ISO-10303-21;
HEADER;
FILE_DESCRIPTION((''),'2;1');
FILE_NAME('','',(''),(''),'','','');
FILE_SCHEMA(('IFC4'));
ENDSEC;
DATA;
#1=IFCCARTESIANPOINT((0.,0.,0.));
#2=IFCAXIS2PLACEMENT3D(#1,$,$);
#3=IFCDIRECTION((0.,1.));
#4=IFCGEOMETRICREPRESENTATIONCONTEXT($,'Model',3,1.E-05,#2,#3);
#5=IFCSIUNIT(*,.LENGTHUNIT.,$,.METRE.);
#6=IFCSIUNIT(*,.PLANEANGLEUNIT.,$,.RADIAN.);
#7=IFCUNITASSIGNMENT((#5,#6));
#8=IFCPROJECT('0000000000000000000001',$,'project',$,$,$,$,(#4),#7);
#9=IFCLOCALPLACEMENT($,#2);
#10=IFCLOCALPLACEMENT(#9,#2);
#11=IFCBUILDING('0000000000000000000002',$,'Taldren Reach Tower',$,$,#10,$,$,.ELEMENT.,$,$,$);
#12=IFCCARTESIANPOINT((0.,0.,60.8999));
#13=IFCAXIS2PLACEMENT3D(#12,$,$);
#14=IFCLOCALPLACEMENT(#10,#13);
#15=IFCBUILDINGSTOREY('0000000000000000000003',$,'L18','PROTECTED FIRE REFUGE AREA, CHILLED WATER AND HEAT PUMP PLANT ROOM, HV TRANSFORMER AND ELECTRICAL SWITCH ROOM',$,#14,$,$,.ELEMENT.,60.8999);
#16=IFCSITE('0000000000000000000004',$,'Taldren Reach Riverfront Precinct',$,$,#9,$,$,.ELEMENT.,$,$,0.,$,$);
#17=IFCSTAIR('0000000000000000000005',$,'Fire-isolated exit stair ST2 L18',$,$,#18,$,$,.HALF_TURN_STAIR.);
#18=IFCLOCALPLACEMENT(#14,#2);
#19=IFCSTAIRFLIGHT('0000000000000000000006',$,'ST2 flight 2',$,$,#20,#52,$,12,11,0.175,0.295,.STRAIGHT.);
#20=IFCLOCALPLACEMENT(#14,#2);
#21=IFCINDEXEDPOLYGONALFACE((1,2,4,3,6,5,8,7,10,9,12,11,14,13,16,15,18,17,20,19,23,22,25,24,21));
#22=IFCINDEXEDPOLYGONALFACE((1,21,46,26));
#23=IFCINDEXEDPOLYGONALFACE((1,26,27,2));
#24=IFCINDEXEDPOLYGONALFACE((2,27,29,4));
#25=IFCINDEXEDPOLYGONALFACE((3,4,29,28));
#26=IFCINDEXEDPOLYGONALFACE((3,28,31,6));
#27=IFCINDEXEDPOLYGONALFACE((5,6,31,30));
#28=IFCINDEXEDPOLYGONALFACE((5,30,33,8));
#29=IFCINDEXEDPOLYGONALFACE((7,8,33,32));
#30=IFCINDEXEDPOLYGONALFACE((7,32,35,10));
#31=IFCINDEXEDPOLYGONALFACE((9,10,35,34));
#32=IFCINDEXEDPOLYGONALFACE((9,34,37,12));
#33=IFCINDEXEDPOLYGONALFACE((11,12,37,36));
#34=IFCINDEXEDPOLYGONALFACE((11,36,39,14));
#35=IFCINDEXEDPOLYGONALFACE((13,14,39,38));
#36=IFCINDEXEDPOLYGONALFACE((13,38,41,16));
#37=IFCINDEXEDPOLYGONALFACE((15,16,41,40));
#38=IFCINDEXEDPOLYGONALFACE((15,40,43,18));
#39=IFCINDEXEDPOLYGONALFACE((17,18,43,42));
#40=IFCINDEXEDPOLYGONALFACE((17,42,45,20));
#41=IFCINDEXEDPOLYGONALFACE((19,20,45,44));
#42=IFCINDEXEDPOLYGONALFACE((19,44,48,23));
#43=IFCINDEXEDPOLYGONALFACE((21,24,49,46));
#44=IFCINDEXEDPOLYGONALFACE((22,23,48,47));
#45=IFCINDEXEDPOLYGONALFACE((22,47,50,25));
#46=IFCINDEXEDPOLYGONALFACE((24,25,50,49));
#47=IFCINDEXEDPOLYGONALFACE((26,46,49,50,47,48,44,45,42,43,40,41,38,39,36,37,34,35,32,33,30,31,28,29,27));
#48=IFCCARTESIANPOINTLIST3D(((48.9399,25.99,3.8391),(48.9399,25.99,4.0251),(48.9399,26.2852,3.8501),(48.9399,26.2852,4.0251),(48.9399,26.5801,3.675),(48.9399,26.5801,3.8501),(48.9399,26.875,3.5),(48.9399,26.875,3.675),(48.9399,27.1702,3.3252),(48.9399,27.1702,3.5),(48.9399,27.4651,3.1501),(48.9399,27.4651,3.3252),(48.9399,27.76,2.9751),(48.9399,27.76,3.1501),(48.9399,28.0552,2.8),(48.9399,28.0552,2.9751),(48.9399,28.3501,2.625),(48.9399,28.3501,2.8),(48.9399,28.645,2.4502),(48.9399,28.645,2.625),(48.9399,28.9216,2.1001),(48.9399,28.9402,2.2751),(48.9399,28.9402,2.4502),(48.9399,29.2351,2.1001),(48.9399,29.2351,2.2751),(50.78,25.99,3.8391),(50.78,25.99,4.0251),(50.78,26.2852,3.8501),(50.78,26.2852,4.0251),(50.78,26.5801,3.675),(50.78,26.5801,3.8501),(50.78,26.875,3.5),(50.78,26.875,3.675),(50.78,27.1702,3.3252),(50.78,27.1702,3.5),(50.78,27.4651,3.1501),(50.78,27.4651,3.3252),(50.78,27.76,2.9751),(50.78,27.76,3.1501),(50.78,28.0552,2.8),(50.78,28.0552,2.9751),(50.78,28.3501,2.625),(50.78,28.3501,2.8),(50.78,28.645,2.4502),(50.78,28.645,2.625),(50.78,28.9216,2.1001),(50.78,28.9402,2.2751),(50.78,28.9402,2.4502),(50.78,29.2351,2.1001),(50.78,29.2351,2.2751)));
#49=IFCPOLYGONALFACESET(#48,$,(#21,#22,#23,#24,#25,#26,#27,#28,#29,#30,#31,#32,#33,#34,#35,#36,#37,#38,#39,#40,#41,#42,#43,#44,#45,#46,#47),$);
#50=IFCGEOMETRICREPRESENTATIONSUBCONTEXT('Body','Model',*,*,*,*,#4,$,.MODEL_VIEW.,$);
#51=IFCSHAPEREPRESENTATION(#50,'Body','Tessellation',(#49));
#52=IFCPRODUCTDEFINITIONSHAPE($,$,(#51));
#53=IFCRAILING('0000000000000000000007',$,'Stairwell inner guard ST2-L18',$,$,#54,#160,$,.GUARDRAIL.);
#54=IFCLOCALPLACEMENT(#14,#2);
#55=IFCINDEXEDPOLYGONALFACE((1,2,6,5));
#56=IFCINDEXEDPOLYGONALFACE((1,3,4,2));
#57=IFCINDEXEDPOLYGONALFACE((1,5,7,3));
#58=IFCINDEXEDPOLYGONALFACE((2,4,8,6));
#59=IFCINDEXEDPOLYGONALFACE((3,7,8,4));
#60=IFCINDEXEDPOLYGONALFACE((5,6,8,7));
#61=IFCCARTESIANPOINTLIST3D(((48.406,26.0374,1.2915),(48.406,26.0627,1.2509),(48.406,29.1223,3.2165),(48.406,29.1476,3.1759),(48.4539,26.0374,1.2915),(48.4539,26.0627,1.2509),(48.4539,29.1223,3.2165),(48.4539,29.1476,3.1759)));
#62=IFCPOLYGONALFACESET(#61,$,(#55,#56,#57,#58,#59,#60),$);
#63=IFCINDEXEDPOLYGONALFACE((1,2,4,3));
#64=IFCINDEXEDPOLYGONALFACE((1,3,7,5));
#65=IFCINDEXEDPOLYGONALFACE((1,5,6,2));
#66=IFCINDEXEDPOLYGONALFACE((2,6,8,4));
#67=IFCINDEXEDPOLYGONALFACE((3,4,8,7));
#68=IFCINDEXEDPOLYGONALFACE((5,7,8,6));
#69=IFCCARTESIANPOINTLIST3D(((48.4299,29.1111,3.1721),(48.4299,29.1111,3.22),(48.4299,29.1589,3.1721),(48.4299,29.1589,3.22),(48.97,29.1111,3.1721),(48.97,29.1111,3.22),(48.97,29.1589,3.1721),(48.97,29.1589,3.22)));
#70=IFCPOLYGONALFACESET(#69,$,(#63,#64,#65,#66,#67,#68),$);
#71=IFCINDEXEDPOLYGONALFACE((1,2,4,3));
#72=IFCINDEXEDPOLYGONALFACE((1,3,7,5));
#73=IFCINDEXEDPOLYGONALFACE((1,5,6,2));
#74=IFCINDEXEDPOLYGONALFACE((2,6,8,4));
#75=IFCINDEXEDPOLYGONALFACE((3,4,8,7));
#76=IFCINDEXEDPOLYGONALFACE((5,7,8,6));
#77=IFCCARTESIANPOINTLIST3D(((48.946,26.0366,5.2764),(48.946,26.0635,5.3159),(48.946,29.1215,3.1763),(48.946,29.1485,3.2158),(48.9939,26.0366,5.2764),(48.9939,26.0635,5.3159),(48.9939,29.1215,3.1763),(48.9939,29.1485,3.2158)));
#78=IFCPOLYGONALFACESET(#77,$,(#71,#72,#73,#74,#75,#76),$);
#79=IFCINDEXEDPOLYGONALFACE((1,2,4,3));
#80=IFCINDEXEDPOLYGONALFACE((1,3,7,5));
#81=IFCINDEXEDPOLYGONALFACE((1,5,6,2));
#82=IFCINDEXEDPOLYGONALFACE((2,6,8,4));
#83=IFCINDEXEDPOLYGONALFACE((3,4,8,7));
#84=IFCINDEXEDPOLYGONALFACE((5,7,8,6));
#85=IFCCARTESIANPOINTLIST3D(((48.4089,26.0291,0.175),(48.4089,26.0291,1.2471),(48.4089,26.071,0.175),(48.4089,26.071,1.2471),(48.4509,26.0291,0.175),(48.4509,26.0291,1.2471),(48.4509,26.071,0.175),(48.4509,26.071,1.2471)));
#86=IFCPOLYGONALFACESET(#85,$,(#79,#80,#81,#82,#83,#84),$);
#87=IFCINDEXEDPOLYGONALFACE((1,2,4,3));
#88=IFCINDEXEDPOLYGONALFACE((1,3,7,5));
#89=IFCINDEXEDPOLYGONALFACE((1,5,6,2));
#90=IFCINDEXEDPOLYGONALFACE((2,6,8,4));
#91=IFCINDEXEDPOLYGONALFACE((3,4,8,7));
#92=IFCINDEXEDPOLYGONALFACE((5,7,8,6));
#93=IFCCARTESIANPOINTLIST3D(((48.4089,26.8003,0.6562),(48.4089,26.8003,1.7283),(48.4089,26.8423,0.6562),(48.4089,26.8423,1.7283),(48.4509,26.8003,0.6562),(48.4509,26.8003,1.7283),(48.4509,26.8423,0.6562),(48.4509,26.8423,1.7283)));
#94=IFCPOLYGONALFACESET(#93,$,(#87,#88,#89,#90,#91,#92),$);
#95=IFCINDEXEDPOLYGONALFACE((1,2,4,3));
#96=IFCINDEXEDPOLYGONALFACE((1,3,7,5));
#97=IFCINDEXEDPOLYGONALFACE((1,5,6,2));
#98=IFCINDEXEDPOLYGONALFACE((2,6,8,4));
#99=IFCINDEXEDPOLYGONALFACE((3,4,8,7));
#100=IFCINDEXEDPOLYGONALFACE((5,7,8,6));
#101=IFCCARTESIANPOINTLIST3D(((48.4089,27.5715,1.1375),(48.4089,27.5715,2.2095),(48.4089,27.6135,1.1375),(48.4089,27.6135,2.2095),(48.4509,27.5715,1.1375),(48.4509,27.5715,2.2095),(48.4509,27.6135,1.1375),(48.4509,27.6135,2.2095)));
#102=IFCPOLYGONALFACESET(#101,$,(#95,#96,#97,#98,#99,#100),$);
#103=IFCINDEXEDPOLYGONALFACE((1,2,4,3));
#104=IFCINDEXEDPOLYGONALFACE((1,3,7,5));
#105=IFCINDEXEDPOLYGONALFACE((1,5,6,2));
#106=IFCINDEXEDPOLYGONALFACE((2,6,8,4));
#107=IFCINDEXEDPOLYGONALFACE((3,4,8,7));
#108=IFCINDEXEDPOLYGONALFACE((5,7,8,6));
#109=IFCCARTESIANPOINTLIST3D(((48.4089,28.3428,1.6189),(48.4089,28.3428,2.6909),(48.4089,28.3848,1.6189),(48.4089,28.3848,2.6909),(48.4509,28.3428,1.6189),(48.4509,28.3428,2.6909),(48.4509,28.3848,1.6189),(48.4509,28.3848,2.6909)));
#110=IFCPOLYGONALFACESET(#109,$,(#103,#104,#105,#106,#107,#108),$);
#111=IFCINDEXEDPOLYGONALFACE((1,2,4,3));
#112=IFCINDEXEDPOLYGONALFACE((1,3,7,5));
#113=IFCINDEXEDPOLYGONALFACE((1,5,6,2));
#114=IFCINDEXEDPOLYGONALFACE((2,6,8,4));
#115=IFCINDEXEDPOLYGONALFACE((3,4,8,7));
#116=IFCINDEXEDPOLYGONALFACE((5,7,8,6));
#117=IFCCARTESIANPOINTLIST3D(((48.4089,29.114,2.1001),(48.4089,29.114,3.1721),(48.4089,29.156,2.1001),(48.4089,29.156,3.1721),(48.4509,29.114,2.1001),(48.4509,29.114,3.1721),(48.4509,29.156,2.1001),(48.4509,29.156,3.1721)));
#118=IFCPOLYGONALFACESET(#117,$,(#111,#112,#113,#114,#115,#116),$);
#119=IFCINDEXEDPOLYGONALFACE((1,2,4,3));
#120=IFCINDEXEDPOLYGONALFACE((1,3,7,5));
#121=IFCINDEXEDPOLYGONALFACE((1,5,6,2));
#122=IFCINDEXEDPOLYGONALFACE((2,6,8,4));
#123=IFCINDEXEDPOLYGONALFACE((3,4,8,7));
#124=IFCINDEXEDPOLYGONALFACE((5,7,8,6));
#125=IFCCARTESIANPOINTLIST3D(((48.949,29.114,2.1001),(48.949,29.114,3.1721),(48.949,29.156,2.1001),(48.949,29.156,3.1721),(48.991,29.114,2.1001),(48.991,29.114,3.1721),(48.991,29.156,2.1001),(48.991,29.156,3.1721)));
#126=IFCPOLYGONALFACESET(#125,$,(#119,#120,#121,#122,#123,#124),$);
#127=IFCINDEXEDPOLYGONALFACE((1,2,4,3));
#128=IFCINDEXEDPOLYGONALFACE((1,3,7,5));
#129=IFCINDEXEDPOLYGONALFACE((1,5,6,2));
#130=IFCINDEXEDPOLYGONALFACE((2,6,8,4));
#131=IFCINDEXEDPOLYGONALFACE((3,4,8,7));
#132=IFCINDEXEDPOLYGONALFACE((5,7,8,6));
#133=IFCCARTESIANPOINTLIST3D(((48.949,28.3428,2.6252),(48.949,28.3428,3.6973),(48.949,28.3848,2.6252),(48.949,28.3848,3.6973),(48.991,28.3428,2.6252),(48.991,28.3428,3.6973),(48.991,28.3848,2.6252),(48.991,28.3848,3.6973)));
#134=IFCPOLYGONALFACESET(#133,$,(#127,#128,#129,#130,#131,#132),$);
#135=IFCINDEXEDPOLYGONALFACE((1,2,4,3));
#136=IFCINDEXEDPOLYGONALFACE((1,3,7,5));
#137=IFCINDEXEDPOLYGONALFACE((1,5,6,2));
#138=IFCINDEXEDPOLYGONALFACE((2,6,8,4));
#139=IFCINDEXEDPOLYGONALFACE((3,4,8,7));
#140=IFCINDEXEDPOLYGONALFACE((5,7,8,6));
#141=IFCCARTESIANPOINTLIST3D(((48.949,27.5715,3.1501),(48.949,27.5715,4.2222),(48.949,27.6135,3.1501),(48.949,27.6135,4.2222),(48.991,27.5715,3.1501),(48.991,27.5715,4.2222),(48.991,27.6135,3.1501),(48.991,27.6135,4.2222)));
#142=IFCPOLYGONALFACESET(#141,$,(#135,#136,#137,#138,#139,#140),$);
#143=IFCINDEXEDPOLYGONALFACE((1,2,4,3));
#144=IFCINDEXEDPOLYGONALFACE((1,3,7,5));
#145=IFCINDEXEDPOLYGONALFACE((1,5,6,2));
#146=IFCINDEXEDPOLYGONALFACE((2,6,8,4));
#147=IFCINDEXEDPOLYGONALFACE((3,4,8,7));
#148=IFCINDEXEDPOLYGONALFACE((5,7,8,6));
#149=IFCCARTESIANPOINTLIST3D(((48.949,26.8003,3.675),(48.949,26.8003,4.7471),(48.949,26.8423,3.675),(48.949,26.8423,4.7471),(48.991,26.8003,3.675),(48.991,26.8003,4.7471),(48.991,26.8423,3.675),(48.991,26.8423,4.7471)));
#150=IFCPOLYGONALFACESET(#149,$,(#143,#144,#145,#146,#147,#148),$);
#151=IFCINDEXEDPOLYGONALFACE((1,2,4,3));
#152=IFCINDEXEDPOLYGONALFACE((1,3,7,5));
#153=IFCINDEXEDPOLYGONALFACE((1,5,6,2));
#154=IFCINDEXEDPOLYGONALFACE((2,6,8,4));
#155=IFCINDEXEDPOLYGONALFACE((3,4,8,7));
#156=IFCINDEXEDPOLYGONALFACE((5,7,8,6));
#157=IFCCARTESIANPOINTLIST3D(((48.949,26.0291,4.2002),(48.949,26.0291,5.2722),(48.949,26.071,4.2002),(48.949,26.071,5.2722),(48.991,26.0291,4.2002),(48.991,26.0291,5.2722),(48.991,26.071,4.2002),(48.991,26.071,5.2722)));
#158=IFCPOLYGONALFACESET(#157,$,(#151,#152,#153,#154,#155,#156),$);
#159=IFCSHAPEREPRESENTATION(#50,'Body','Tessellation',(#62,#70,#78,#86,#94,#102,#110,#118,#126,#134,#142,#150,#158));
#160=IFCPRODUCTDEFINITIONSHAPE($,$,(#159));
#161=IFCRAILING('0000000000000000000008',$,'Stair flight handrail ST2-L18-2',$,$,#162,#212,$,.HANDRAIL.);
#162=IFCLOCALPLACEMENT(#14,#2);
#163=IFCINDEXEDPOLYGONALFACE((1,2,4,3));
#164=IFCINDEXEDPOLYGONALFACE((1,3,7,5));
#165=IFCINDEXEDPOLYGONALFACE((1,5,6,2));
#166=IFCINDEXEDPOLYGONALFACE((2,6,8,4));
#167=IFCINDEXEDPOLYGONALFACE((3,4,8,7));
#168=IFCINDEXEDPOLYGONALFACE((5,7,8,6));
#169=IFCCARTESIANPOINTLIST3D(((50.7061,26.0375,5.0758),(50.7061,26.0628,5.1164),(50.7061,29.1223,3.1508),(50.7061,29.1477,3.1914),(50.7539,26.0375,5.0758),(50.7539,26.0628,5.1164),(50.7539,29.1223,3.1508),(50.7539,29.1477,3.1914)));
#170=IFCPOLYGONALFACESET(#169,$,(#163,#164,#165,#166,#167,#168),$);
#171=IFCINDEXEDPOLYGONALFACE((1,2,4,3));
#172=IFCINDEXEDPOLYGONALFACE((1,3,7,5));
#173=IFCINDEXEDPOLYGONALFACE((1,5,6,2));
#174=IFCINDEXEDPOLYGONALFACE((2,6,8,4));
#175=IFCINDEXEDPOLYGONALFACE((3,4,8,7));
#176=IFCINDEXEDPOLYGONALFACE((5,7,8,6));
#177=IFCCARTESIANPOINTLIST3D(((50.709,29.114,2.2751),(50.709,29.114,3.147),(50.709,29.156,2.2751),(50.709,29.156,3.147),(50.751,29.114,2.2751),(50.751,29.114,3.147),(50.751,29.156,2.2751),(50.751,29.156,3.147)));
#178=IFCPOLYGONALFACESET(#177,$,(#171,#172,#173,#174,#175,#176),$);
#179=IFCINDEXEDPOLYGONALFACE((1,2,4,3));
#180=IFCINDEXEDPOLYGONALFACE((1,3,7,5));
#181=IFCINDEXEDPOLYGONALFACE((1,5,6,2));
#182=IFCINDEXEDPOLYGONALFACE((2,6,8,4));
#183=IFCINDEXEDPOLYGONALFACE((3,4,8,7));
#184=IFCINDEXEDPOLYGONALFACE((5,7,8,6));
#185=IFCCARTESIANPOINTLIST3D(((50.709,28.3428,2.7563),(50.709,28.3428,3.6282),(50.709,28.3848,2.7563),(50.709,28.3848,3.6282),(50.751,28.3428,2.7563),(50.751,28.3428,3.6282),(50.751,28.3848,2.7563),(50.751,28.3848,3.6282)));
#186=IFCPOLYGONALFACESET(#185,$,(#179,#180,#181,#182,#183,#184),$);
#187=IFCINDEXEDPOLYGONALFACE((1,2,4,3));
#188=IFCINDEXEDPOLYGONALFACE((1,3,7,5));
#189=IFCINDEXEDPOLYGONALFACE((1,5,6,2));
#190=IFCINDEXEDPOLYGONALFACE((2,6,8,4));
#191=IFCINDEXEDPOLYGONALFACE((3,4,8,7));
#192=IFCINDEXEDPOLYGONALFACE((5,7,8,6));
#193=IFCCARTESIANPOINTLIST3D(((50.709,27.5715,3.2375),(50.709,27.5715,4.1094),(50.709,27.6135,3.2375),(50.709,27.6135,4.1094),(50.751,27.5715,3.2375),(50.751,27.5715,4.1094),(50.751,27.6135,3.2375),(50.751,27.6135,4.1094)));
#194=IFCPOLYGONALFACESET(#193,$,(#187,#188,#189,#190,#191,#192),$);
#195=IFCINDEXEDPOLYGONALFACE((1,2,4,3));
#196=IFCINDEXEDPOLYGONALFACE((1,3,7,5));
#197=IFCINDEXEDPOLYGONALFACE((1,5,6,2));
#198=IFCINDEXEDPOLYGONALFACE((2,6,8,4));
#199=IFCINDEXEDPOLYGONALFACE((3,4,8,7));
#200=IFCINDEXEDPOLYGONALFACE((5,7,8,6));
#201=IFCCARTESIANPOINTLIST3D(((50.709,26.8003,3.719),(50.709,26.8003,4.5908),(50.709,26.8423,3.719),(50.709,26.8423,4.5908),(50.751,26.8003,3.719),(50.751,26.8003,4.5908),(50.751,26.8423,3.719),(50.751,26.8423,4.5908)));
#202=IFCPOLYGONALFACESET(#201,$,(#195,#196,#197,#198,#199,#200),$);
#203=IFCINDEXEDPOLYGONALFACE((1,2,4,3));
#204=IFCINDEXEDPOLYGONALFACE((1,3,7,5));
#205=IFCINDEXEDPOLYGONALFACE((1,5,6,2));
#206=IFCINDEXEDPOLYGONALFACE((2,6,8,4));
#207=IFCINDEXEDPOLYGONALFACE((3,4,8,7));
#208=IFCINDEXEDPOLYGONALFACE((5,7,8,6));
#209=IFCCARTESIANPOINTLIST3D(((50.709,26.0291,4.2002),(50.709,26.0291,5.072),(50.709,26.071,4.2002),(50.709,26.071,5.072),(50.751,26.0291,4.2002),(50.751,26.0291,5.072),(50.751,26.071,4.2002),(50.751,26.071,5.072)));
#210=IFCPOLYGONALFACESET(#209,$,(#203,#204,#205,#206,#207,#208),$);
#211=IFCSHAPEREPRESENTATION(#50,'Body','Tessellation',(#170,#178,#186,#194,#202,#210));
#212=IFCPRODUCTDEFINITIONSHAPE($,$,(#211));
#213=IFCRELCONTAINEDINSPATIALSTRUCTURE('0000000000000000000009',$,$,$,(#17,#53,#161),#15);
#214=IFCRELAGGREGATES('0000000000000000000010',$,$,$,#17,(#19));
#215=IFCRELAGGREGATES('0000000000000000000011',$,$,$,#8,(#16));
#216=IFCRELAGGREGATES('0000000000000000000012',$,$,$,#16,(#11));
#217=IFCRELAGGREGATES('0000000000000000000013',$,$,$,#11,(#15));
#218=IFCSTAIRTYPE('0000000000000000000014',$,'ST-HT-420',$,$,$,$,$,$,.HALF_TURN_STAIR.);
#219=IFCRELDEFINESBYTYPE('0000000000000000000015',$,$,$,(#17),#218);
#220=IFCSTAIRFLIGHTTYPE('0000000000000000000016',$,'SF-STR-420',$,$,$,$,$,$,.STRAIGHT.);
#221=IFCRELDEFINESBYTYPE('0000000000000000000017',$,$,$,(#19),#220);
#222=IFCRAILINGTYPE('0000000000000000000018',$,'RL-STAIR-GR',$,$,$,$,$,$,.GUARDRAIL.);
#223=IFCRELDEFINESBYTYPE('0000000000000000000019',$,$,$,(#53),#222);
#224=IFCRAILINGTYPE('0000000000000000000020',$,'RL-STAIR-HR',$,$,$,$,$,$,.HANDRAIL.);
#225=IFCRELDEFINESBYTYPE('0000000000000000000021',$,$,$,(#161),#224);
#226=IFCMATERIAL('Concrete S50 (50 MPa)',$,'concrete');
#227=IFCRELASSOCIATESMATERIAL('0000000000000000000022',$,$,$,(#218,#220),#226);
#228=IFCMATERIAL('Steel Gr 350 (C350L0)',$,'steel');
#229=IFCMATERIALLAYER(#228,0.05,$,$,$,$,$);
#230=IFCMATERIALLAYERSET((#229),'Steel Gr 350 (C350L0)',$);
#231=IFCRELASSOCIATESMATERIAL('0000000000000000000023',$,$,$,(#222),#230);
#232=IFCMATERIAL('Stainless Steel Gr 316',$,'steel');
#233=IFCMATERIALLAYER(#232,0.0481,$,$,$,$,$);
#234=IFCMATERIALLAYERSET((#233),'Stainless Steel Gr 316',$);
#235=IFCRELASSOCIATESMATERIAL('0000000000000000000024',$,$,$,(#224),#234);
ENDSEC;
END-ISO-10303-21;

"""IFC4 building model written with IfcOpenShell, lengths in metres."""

from ifc_helpers import new_model, si_unit, direction, frame, origin, origin_2d, place, context, subcontext, project, spatial, polyline, rectangle, outline, extrude, material, layer, layer_set, type_object, element, aggregate, save


model = new_model("IFC4")

# Units and contexts
model_context = context("Model", 3, precision=1e-05, world=origin(), true_north=direction((0.0, 1.0)))
body_context = subcontext(model_context, "Body", "Model", "MODEL_VIEW")
ifc_project = project(units=[si_unit("LENGTHUNIT", "METRE"), si_unit("PLANEANGLEUNIT", "RADIAN")], contexts=[model_context])

# Site, building, storey
site_placement = place(None, origin())
site = spatial("IfcSite", under=ifc_project, at=site_placement, Name="Taldren Reach Riverfront Precinct", CompositionType="ELEMENT", RefElevation=0.0)
building_placement = place(site_placement, origin())
building = spatial("IfcBuilding", under=site, at=building_placement, Name="Taldren Reach Tower", CompositionType="ELEMENT")
storey_placement = place(building_placement, frame((0.0, 0.0, 60.8999)))
storey = spatial("IfcBuildingStorey", under=building, at=storey_placement, Name="L18", Description="PROTECTED FIRE REFUGE AREA, CHILLED WATER AND HEAT PUMP PLANT ROOM, HV TRANSFORMER AND ELECTRICAL SWITCH ROOM", CompositionType="ELEMENT", Elevation=60.8999)

# Shared definitions
ifc_material_1 = material(Name="Steel Gr 350 (C350L0)", Category="steel")

# Stair, stair flight
ifc_material_2 = material(Name="Concrete S50 (50 MPa)", Category="concrete")
stair_type = type_object("IfcStairType", Name="ST-HT-420", PredefinedType="HALF_TURN_STAIR", material=ifc_material_2)
stair_placement = place(storey_placement, origin())
stair = element("IfcStair", 1, at=stair_placement, inside=storey, type_object=stair_type, Name="Fire-isolated exit stair ST2 L18", PredefinedType="HALF_TURN_STAIR")
stair_flight_type = type_object("IfcStairFlightType", Name="SF-STR-420", PredefinedType="STRAIGHT", material=ifc_material_2)
stair_flight_placement = place(storey_placement, frame((49.8601, 29.2351, 2.1001), z_axis=(0.0, 0.0, 1.0), x_axis=(0.0, -1.0, 0.0)))
stair_flight = element("IfcStairFlight", 2, at=stair_flight_placement, type_object=stair_flight_type, Name="ST2 flight 2", NumberOfRisers=12, NumberOfTreads=11, PredefinedType="STRAIGHT", RiserHeight=0.175, TreadLength=0.295, context=body_context, shape_type="SweptSolid", body=[
    extrude(outline(polyline([(0.0, 0.0), (0.0, 0.175), (0.2949, 0.175), (0.2949, 0.3501), (0.5901, 0.3501), (0.5901, 0.5249), (0.885, 0.5249), (0.885, 0.7), (1.1799, 0.7), (1.1799, 0.875), (1.4751, 0.875), (1.4751, 1.05), (1.77, 1.05), (1.77, 1.2251), (2.0649, 1.2251), (2.0649, 1.3999), (2.3601, 1.3999), (2.3601, 1.575), (2.655, 1.575), (2.655, 1.75), (2.95, 1.75), (2.95, 1.925), (3.2451, 1.925), (3.2451, 2.1001), (3.2451, 1.739), (0.3135, 0.0), (0.0, 0.0)])), frame((0.0, 0.9199, 0.0), z_axis=(0.0, -1.0, 0.0), x_axis=(1.0, 0.0, 0.0)), (0.0, 0.0, 1.0), 1.8401),
])
aggregate(stair, [stair_flight])

# Railings
ifc_layer_1 = layer(ifc_material_1, 0.05)
ifc_layer_set_1 = layer_set([ifc_layer_1], Name="Steel Gr 350 (C350L0)")
railing_type_1 = type_object("IfcRailingType", Name="RL-STAIR-GR", PredefinedType="GUARDRAIL", material=ifc_layer_set_1)
railing_1_placement = place(storey_placement, frame((48.4299, 26.05, 0.175)))
element("IfcRailing", 3, at=railing_1_placement, inside=storey, type_object=railing_type_1, Name="Stairwell inner guard ST2-L18", PredefinedType="GUARDRAIL", context=body_context, shape_type="SweptSolid", body=[
    extrude(rectangle(XDim=0.0479, YDim=0.0479, at=origin_2d()), frame((0.0, 0.0, 1.0962), z_axis=(0.0, 0.848375, 0.529395), x_axis=(-1.0, 0.0, 0.0)), (0.0, 0.0, 1.0), 3.6362),
    extrude(rectangle(XDim=0.0479, YDim=0.0479, at=origin_2d()), frame((0.0, 3.085, 3.021), z_axis=(1.0, 0.0, 0.0), x_axis=(0.0, 1.0, 0.0)), (0.0, 0.0, 1.0), 0.54),
    extrude(rectangle(XDim=0.0479, YDim=0.0479, at=origin_2d()), frame((0.54, 3.085, 3.021), z_axis=(0.0, -0.826637, 0.562736), x_axis=(1.0, 0.0, 0.0)), (0.0, 0.0, 1.0), 3.7319),
    extrude(rectangle(XDim=0.042, YDim=0.042, at=origin_2d()), origin(), (0.0, 0.0, 1.0), 1.072),
    extrude(rectangle(XDim=0.042, YDim=0.042, at=origin_2d()), frame((0.0, 0.7712, 0.4812)), (0.0, 0.0, 1.0), 1.072),
    extrude(rectangle(XDim=0.042, YDim=0.042, at=origin_2d()), frame((0.0, 1.5425, 0.9624)), (0.0, 0.0, 1.0), 1.072),
    extrude(rectangle(XDim=0.042, YDim=0.042, at=origin_2d()), frame((0.0, 2.3137, 1.4438)), (0.0, 0.0, 1.0), 1.072),
    extrude(rectangle(XDim=0.042, YDim=0.042, at=origin_2d()), frame((0.0, 3.085, 1.925)), (0.0, 0.0, 1.0), 1.072),
    extrude(rectangle(XDim=0.042, YDim=0.042, at=origin_2d()), frame((0.54, 3.085, 1.925)), (0.0, 0.0, 1.0), 1.072),
    extrude(rectangle(XDim=0.042, YDim=0.042, at=origin_2d()), frame((0.54, 2.3137, 2.4502)), (0.0, 0.0, 1.0), 1.072),
    extrude(rectangle(XDim=0.042, YDim=0.042, at=origin_2d()), frame((0.54, 1.5425, 2.9751)), (0.0, 0.0, 1.0), 1.072),
    extrude(rectangle(XDim=0.042, YDim=0.042, at=origin_2d()), frame((0.54, 0.7712, 3.5)), (0.0, 0.0, 1.0), 1.072),
    extrude(rectangle(XDim=0.042, YDim=0.042, at=origin_2d()), frame((0.54, 0.0, 4.0251)), (0.0, 0.0, 1.0), 1.072),
])
ifc_material_3 = material(Name="Stainless Steel Gr 316", Category="steel")
ifc_layer_2 = layer(ifc_material_3, 0.0481)
ifc_layer_set_2 = layer_set([ifc_layer_2], Name="Stainless Steel Gr 316")
railing_type_2 = type_object("IfcRailingType", Name="RL-STAIR-HR", PredefinedType="HANDRAIL", material=ifc_layer_set_2)
railing_2_placement = place(storey_placement, frame((50.73, 29.135, 2.2751)))
element("IfcRailing", 4, at=railing_2_placement, inside=storey, type_object=railing_type_2, Name="Stair flight handrail ST2-L18-2", PredefinedType="HANDRAIL", context=body_context, shape_type="SweptSolid", body=[
    extrude(rectangle(XDim=0.0479, YDim=0.0479, at=origin_2d()), frame((0.0, 0.0, 0.896), z_axis=(0.0, -0.848375, 0.529395), x_axis=(1.0, 0.0, 0.0)), (0.0, 0.0, 1.0), 3.6362),
    extrude(rectangle(XDim=0.042, YDim=0.042, at=origin_2d()), origin(), (0.0, 0.0, 1.0), 0.8718),
    extrude(rectangle(XDim=0.042, YDim=0.042, at=origin_2d()), frame((0.0, -0.7712, 0.4812)), (0.0, 0.0, 1.0), 0.8718),
    extrude(rectangle(XDim=0.042, YDim=0.042, at=origin_2d()), frame((0.0, -1.5425, 0.9624)), (0.0, 0.0, 1.0), 0.8718),
    extrude(rectangle(XDim=0.042, YDim=0.042, at=origin_2d()), frame((0.0, -2.3137, 1.4438)), (0.0, 0.0, 1.0), 0.8718),
    extrude(rectangle(XDim=0.042, YDim=0.042, at=origin_2d()), frame((0.0, -3.085, 1.925)), (0.0, 0.0, 1.0), 0.8718),
])

save(model, "model.ifc")
